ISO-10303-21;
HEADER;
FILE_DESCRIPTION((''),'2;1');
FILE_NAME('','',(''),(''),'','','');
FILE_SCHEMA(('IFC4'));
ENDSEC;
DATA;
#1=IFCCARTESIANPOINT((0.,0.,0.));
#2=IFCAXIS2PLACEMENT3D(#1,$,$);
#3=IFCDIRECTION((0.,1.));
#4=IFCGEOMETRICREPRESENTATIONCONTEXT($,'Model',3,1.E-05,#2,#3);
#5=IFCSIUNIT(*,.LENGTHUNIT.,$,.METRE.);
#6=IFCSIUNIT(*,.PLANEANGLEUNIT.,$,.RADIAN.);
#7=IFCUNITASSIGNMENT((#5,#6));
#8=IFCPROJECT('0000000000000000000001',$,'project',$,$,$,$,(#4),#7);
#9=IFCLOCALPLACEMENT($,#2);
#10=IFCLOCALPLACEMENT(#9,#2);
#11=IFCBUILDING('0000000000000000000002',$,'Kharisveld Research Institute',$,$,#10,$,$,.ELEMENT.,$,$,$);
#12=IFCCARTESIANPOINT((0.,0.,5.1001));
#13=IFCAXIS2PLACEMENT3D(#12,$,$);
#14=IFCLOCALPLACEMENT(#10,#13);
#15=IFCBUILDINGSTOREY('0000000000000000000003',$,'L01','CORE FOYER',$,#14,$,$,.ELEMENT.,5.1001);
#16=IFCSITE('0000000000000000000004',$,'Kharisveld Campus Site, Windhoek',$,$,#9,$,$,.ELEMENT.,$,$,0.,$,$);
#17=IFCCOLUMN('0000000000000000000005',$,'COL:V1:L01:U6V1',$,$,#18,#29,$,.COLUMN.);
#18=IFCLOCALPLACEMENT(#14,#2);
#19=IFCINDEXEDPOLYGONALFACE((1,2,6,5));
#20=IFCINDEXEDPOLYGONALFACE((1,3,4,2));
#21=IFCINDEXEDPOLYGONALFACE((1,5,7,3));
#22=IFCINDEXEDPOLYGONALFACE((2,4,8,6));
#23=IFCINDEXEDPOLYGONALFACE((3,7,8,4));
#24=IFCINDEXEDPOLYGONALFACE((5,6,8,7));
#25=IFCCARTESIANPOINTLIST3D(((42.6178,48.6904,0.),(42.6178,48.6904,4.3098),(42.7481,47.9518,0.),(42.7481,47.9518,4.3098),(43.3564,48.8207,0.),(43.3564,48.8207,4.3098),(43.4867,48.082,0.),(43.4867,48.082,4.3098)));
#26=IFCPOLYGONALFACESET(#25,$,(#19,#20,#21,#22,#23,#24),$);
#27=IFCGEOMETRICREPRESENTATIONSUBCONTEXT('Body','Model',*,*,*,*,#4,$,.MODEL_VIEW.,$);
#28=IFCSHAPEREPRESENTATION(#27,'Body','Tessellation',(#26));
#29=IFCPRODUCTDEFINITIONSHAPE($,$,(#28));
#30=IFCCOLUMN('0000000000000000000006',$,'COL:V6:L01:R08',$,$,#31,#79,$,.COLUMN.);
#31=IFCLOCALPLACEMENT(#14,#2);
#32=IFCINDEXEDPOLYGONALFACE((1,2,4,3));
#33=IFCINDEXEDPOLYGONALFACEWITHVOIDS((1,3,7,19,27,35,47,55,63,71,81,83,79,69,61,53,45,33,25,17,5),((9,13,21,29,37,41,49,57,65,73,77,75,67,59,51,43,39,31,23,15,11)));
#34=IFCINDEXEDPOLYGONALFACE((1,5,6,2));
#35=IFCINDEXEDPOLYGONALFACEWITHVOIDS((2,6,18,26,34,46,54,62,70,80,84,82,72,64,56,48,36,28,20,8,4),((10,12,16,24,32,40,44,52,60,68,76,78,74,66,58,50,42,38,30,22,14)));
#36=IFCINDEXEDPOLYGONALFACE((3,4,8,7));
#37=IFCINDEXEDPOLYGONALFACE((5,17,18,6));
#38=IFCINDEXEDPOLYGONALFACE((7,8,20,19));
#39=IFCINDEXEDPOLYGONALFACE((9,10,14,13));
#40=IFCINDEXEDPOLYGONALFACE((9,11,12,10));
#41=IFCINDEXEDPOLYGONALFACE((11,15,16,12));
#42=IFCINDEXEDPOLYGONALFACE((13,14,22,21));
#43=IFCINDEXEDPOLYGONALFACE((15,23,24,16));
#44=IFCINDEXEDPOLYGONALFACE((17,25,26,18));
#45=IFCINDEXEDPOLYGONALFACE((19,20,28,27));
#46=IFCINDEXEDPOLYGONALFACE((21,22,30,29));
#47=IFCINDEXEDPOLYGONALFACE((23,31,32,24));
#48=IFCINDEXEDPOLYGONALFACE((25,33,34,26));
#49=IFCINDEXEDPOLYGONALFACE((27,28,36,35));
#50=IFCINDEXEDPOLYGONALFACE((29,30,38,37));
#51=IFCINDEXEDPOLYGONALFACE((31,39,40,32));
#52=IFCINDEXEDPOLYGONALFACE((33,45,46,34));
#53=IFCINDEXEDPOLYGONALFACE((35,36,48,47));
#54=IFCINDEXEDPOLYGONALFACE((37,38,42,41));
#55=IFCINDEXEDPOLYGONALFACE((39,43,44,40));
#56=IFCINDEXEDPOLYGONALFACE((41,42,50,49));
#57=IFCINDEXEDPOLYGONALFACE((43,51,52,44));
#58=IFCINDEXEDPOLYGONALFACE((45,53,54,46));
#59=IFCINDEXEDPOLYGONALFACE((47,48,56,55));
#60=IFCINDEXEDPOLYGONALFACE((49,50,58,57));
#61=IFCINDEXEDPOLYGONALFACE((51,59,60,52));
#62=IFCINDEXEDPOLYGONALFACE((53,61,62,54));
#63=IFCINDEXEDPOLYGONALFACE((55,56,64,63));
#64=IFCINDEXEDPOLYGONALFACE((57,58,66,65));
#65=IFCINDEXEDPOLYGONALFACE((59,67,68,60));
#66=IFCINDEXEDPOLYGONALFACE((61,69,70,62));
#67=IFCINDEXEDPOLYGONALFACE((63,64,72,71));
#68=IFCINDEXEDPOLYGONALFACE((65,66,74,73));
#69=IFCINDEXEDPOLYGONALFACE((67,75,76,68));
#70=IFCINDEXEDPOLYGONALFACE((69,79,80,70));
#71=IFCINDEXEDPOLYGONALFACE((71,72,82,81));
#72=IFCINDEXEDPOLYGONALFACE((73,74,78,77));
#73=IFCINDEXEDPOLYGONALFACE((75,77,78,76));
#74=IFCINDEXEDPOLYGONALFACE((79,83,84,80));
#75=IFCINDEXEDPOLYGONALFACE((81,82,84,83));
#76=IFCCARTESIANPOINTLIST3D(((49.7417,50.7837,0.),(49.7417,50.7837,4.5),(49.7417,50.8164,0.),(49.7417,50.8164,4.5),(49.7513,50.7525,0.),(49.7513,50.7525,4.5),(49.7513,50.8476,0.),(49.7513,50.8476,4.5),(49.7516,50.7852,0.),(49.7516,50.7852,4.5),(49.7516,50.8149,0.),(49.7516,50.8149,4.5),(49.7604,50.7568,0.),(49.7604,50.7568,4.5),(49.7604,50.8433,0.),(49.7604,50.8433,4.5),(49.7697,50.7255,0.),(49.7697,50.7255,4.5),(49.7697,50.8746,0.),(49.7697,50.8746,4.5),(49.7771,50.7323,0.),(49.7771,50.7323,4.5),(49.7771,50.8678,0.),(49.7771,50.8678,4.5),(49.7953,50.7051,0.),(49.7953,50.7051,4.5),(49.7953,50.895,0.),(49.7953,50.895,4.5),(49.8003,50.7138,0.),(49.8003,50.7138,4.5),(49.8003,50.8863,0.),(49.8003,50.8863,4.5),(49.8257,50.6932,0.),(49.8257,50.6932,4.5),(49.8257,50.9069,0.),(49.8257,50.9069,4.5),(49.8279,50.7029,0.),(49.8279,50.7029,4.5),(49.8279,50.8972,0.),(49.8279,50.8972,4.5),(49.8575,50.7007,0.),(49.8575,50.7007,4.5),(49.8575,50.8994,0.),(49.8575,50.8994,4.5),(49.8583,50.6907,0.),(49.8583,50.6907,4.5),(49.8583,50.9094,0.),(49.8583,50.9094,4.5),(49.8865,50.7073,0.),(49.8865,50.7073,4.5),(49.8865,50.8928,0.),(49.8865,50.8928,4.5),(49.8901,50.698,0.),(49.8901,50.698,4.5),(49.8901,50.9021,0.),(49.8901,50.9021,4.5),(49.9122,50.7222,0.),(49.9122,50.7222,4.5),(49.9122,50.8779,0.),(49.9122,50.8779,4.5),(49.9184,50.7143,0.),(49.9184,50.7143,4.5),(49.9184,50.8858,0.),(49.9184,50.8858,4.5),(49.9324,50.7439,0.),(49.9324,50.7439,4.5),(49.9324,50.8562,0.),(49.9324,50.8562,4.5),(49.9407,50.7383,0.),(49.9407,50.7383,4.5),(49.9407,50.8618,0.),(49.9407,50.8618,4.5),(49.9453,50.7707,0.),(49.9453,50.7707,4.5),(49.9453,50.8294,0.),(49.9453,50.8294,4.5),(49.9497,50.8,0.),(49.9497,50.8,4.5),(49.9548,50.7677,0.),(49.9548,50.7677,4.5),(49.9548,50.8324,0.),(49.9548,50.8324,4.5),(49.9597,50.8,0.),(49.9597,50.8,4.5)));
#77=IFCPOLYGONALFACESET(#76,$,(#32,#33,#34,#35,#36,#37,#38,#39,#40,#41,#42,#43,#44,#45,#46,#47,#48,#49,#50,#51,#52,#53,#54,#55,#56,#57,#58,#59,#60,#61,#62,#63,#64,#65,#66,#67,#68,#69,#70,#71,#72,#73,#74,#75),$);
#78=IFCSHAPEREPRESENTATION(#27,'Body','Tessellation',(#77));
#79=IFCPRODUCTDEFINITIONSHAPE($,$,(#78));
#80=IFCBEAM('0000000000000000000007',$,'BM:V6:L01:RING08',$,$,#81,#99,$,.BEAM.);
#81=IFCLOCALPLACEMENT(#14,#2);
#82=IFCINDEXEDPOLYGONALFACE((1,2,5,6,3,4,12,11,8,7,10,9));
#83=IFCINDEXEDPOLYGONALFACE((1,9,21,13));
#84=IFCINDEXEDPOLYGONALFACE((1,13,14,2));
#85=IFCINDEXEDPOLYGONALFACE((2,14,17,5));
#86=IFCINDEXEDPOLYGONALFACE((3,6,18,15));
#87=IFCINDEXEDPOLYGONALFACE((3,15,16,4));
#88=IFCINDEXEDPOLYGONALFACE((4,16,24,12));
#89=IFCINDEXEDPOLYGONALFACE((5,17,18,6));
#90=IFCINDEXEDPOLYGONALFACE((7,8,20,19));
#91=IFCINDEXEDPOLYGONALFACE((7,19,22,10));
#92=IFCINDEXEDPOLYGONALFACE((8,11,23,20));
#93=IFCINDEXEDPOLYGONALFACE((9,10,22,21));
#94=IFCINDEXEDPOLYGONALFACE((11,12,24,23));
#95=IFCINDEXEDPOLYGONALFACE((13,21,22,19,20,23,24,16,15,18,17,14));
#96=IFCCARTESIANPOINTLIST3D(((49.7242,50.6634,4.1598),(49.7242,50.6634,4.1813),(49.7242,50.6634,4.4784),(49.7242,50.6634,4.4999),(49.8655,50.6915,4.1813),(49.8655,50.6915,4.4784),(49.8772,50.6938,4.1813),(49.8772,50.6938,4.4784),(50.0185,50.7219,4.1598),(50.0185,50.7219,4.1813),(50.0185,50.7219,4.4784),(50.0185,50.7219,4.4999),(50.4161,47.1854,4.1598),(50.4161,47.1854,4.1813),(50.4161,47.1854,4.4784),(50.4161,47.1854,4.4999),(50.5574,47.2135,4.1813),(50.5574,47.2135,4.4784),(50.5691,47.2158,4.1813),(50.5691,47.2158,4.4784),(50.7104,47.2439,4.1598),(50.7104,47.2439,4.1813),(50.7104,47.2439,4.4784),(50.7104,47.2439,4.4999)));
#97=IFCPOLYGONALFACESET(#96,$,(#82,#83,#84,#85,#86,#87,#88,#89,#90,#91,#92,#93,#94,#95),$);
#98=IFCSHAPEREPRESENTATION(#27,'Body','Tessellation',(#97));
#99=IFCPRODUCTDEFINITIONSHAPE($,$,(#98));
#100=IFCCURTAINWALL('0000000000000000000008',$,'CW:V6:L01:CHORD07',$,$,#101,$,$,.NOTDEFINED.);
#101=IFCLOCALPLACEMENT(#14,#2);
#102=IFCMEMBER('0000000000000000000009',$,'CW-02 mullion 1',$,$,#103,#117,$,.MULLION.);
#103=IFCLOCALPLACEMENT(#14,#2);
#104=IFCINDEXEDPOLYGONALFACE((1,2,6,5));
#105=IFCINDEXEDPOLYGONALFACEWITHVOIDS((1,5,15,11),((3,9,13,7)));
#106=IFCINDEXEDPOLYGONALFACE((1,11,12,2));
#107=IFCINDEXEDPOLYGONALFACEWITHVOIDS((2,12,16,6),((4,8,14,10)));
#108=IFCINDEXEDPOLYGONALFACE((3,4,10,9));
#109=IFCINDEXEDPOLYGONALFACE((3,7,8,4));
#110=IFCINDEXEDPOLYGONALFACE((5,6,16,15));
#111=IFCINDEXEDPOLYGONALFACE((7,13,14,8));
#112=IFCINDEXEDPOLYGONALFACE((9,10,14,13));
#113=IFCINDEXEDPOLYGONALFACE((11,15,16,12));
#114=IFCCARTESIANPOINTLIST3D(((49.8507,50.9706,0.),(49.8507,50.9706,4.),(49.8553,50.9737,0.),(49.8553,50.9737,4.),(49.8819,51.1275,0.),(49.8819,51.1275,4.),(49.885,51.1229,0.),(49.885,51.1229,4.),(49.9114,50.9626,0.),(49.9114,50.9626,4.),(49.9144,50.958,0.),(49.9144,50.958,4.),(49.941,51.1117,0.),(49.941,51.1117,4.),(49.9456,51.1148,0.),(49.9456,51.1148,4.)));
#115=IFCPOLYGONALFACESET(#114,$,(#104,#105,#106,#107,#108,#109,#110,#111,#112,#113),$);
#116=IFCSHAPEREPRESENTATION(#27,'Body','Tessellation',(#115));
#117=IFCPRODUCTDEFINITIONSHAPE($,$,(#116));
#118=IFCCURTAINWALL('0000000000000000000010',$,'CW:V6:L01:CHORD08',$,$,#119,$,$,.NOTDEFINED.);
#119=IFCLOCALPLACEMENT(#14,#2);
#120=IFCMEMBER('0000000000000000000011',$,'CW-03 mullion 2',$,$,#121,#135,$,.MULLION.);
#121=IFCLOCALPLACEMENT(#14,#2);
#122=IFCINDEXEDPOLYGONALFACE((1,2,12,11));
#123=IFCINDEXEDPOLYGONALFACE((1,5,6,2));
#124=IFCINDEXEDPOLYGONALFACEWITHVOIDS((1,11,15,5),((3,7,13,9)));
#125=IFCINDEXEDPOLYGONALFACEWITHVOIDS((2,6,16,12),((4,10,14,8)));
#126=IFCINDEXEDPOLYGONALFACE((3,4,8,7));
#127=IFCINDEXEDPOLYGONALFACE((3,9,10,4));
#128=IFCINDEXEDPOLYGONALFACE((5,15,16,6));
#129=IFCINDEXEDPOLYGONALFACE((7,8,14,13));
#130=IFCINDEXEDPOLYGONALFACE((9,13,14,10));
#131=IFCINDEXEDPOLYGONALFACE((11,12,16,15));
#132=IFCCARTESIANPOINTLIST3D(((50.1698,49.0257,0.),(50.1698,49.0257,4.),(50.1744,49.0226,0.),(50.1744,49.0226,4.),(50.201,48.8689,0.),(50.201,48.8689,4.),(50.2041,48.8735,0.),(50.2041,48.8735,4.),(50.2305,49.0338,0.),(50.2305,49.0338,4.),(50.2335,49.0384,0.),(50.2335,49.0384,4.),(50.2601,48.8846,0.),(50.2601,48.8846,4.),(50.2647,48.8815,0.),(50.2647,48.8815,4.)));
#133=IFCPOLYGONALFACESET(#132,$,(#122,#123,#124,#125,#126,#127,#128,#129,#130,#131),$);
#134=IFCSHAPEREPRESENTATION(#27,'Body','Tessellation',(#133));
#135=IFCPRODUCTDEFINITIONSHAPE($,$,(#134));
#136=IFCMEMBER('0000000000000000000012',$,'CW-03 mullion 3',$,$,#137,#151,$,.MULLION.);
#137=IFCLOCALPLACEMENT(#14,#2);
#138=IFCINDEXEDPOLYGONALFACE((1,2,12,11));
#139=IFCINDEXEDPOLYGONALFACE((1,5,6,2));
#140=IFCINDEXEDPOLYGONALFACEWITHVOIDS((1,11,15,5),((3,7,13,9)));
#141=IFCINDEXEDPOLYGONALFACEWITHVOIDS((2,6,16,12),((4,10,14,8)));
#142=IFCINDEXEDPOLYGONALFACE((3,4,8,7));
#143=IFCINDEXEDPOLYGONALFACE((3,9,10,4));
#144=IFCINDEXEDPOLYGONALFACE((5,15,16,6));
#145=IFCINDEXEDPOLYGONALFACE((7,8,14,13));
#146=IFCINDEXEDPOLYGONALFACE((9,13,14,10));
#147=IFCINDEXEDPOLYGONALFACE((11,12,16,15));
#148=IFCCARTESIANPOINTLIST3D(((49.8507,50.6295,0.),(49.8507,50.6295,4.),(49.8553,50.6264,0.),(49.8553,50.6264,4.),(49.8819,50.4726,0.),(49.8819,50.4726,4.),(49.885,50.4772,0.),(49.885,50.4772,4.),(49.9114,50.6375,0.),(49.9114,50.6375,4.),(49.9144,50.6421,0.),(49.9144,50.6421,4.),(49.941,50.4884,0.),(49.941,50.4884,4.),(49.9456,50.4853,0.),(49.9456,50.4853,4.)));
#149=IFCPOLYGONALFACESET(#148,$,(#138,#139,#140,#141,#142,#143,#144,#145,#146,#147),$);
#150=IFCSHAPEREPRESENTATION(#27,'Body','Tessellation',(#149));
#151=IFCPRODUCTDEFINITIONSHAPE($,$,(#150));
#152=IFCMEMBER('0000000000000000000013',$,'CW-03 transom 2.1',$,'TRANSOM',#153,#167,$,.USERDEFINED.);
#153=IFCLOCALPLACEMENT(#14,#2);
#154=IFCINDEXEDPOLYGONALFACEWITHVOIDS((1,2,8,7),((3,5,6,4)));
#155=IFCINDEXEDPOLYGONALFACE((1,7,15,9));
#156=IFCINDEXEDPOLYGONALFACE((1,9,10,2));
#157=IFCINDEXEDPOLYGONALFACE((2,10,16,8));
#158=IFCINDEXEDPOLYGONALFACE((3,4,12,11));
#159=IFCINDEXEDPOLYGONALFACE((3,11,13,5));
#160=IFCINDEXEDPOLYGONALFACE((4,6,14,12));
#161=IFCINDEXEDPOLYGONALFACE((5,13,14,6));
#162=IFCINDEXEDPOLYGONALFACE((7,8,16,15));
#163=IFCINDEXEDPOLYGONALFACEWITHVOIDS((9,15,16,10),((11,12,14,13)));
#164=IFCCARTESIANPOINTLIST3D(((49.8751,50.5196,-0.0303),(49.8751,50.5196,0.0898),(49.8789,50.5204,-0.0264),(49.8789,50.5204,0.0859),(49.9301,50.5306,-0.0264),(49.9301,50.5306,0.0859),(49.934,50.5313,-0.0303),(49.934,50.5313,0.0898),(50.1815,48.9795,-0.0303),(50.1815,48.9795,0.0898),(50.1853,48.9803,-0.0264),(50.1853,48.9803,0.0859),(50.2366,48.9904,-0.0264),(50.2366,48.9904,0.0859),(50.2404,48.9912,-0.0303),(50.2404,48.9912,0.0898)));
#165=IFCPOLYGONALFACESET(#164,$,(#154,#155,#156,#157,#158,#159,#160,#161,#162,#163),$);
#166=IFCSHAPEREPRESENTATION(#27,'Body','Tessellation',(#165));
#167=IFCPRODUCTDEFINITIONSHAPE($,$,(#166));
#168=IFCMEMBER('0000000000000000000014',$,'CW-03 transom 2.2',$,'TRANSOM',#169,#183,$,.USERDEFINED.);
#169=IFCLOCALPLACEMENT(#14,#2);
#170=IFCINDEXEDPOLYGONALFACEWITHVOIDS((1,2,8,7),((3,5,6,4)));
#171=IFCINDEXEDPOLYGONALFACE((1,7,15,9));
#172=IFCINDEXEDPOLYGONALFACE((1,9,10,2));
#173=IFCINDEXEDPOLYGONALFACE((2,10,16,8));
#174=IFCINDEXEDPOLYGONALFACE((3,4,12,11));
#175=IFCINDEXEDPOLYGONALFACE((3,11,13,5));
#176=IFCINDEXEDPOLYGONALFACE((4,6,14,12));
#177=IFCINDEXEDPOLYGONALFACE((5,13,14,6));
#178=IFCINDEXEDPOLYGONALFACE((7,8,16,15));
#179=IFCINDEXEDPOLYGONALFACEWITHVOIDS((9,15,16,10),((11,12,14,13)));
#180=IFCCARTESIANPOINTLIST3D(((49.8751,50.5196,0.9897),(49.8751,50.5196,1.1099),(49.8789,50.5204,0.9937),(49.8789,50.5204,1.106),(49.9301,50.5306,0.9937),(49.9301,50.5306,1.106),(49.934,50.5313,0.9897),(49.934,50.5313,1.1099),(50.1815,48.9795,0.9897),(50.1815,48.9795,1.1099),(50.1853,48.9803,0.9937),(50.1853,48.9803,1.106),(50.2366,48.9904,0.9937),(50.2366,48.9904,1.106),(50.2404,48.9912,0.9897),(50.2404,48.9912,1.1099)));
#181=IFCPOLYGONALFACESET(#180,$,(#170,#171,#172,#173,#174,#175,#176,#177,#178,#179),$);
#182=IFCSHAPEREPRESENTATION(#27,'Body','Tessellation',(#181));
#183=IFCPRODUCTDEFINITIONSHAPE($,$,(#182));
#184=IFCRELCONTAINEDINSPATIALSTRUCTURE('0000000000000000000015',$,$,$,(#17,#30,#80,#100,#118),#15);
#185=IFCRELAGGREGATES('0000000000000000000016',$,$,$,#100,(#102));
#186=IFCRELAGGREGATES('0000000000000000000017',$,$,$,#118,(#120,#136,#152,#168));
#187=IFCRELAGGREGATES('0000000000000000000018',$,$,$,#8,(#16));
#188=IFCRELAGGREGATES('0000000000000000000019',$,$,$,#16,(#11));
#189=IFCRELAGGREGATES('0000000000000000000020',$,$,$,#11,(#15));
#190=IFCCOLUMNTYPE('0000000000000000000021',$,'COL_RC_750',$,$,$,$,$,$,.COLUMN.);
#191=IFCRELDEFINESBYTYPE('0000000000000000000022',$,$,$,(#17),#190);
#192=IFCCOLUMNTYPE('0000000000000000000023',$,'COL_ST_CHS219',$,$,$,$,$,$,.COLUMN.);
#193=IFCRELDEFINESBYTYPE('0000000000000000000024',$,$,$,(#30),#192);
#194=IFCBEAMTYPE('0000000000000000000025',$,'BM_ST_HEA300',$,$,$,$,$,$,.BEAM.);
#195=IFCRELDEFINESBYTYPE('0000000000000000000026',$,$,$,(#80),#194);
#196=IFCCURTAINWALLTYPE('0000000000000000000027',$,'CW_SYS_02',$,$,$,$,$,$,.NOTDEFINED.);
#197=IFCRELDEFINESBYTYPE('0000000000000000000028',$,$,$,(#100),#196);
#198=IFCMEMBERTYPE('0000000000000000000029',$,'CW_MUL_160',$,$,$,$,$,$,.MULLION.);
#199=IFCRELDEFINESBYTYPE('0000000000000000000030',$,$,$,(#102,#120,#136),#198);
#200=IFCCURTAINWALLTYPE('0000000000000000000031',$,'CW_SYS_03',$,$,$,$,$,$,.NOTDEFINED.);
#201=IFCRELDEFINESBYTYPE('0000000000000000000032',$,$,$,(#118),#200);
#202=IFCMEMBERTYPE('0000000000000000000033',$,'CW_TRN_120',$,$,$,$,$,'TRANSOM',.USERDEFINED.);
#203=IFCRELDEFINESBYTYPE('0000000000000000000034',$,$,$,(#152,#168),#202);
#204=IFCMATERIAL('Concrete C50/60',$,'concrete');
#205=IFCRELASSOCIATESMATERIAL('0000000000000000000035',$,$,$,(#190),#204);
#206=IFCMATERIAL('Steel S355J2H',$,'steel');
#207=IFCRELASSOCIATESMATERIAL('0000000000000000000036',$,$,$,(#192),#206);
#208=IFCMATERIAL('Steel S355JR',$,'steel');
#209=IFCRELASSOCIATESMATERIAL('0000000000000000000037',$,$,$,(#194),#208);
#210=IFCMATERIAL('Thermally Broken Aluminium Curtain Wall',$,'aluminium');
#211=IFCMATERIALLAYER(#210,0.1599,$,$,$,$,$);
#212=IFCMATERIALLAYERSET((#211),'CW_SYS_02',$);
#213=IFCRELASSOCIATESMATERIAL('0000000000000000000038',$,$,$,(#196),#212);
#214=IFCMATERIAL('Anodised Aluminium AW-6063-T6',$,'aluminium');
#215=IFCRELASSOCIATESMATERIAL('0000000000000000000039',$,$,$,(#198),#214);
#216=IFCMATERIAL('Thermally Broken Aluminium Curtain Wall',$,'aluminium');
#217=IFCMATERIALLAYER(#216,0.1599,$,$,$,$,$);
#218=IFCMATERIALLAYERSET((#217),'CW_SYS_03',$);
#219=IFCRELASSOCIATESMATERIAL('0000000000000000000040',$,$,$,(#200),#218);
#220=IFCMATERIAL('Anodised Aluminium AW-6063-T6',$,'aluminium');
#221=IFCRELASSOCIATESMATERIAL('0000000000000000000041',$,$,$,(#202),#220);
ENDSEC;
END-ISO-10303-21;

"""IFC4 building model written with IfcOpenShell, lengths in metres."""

from ifc_helpers import new_model, si_unit, direction, frame, origin, origin_2d, place, context, subcontext, project, spatial, rectangle, hollow_rectangle, hollow_circle, i_section, extrude, material, layer, layer_set, material_profile, profile_set, type_object, element, aggregate, save


model = new_model("IFC4")

# Units and contexts
model_context = context("Model", 3, precision=1e-05, world=origin(), true_north=direction((0.0, 1.0)))
body_context = subcontext(model_context, "Body", "Model", "MODEL_VIEW")
ifc_project = project(units=[si_unit("LENGTHUNIT", "METRE"), si_unit("PLANEANGLEUNIT", "RADIAN")], contexts=[model_context])

# Site, building, storey
site_placement = place(None, origin())
site = spatial("IfcSite", under=ifc_project, at=site_placement, Name="Kharisveld Campus Site, Windhoek", CompositionType="ELEMENT", RefElevation=0.0)
building_placement = place(site_placement, origin())
building = spatial("IfcBuilding", under=site, at=building_placement, Name="Kharisveld Research Institute", CompositionType="ELEMENT")
storey_placement = place(building_placement, frame((0.0, 0.0, 5.1001)))
storey = spatial("IfcBuildingStorey", under=building, at=storey_placement, Name="L01", Description="CORE FOYER", CompositionType="ELEMENT", Elevation=5.1001)

# Columns
ifc_material_1 = material(Name="Concrete C50/60", Category="concrete")
ifc_material_profile_1 = material_profile(ifc_material_1, rectangle(XDim=0.75, YDim=0.75, at=origin_2d()))
ifc_profile_set_1 = profile_set([ifc_material_profile_1], Name="Concrete C50/60")
column_type_1 = type_object("IfcColumnType", Name="COL_RC_750", PredefinedType="COLUMN", material=ifc_profile_set_1)
column_1_placement = place(storey_placement, frame((43.0522, 48.3862, 0.0), z_axis=(0.0, 0.0, 1.0), x_axis=(0.984808, 0.173648, 0.0)))
element("IfcColumn", 1, at=column_1_placement, inside=storey, type_object=column_type_1, Name="COL:V1:L01:U6V1", PredefinedType="COLUMN", context=body_context, shape_type="SweptSolid", body=[
    extrude(rectangle(XDim=0.75, YDim=0.75, at=origin_2d()), origin(), (0.0, 0.0, 1.0), 4.3098),
])
ifc_material_2 = material(Name="Steel S355J2H", Category="steel")
ifc_material_profile_2 = material_profile(ifc_material_2, hollow_circle(Radius=0.1096, WallThickness=0.01, at=origin_2d()))
ifc_profile_set_2 = profile_set([ifc_material_profile_2], Name="Steel S355J2H")
column_type_2 = type_object("IfcColumnType", Name="COL_ST_CHS219", PredefinedType="COLUMN", material=ifc_profile_set_2)
column_2_placement = place(storey_placement, frame((49.8501, 50.8, 0.0), z_axis=(0.0, 0.0, 1.0), x_axis=(1.0, 0.0, 0.0)))
element("IfcColumn", 2, at=column_2_placement, inside=storey, type_object=column_type_2, Name="COL:V6:L01:R08", PredefinedType="COLUMN", context=body_context, shape_type="SweptSolid", body=[
    extrude(hollow_circle(Radius=0.1096, WallThickness=0.01, at=origin_2d()), origin(), (0.0, 0.0, 1.0), 4.5),
])

# Beam
ifc_material_3 = material(Name="Steel S355JR", Category="steel")
ifc_material_profile_3 = material_profile(ifc_material_3, i_section(OverallWidth=0.3, OverallDepth=0.3401, WebThickness=0.012, FlangeThickness=0.0215, at=origin_2d()))
ifc_profile_set_3 = profile_set([ifc_material_profile_3], Name="Steel S355JR")
beam_type_1 = type_object("IfcBeamType", Name="BM_ST_HEA300", PredefinedType="BEAM", material=ifc_profile_set_3)
beam_1_placement = place(storey_placement, frame((49.8713, 50.6926, 4.3298), z_axis=(0.19511, -0.980781, 0.0), x_axis=(0.980781, 0.19511, 0.0)))
element("IfcBeam", 3, at=beam_1_placement, inside=storey, type_object=beam_type_1, Name="BM:V6:L01:RING08", PredefinedType="BEAM", context=body_context, shape_type="SweptSolid", body=[
    extrude(i_section(OverallWidth=0.3, OverallDepth=0.3401, WebThickness=0.012, FlangeThickness=0.0215, at=origin_2d()), origin(), (0.0, 0.0, 1.0), 3.5461),
])

# Curtain wall, member
ifc_material_4 = material(Name="Thermally Broken Aluminium Curtain Wall", Category="aluminium")
ifc_layer_1 = layer(ifc_material_4, 0.1599)
ifc_layer_set_1 = layer_set([ifc_layer_1], Name="CW_SYS_02")
curtain_wall_type_1 = type_object("IfcCurtainWallType", Name="CW_SYS_02", PredefinedType="NOTDEFINED", material=ifc_layer_set_1)
curtain_wall_1_placement = place(storey_placement, origin())
curtain_wall_1 = element("IfcCurtainWall", 4, at=curtain_wall_1_placement, inside=storey, type_object=curtain_wall_type_1, Name="CW:V6:L01:CHORD07", PredefinedType="NOTDEFINED")
ifc_material_5 = material(Name="Anodised Aluminium AW-6063-T6", Category="aluminium")
ifc_material_profile_4 = material_profile(ifc_material_5, hollow_rectangle(XDim=0.0649, YDim=0.1599, WallThickness=0.0039, at=origin_2d()))
ifc_profile_set_4 = profile_set([ifc_material_profile_4], Name="Anodised Aluminium AW-6063-T6")
member_type_1 = type_object("IfcMemberType", Name="CW_MUL_160", PredefinedType="MULLION", material=ifc_profile_set_4)
member_1_placement = place(storey_placement, frame((49.8982, 51.0427, 0.0), z_axis=(0.0, 0.0, 1.0), x_axis=(-0.980785, 0.195091, 0.0)))
member_1 = element("IfcMember", 5, at=member_1_placement, type_object=member_type_1, Name="CW-02 mullion 1", PredefinedType="MULLION", context=body_context, shape_type="SweptSolid", body=[
    extrude(hollow_rectangle(XDim=0.0649, YDim=0.1599, WallThickness=0.0039, at=origin_2d()), origin(), (0.0, 0.0, 1.0), 4.0),
])
aggregate(curtain_wall_1, [member_1])

# Curtain wall, members
ifc_material_6 = material(Name="Thermally Broken Aluminium Curtain Wall", Category="aluminium")
ifc_layer_2 = layer(ifc_material_6, 0.1599)
ifc_layer_set_2 = layer_set([ifc_layer_2], Name="CW_SYS_03")
curtain_wall_type_2 = type_object("IfcCurtainWallType", Name="CW_SYS_03", PredefinedType="NOTDEFINED", material=ifc_layer_set_2)
curtain_wall_2_placement = place(storey_placement, origin())
curtain_wall_2 = element("IfcCurtainWall", 6, at=curtain_wall_2_placement, inside=storey, type_object=curtain_wall_type_2, Name="CW:V6:L01:CHORD08", PredefinedType="NOTDEFINED")
member_2_placement = place(storey_placement, frame((50.2173, 48.9536, 0.0), z_axis=(0.0, 0.0, 1.0), x_axis=(-0.980785, -0.195091, 0.0)))
member_2 = element("IfcMember", 7, at=member_2_placement, type_object=member_type_1, Name="CW-03 mullion 2", PredefinedType="MULLION", context=body_context, shape_type="SweptSolid", body=[
    extrude(hollow_rectangle(XDim=0.0649, YDim=0.1599, WallThickness=0.0039, at=origin_2d()), origin(), (0.0, 0.0, 1.0), 4.0),
])
member_3_placement = place(storey_placement, frame((49.8982, 50.5574, 0.0), z_axis=(0.0, 0.0, 1.0), x_axis=(-0.980785, -0.195091, 0.0)))
member_3 = element("IfcMember", 8, at=member_3_placement, type_object=member_type_1, Name="CW-03 mullion 3", PredefinedType="MULLION", context=body_context, shape_type="SweptSolid", body=[
    extrude(hollow_rectangle(XDim=0.0649, YDim=0.1599, WallThickness=0.0039, at=origin_2d()), origin(), (0.0, 0.0, 1.0), 4.0),
])
ifc_material_7 = material(Name="Anodised Aluminium AW-6063-T6", Category="aluminium")
ifc_material_profile_5 = material_profile(ifc_material_7, hollow_rectangle(XDim=0.0601, YDim=0.1201, WallThickness=0.0039, at=origin_2d()))
ifc_profile_set_5 = profile_set([ifc_material_profile_5], Name="Anodised Aluminium AW-6063-T6")
member_type_2 = type_object("IfcMemberType", Name="CW_TRN_120", ElementType="TRANSOM", PredefinedType="USERDEFINED", material=ifc_profile_set_5)
member_4_placement = place(storey_placement, frame((50.2109, 48.9854, 0.0298), z_axis=(-0.195129, 0.980778, 0.0), x_axis=(-0.980778, -0.195129, 0.0)))
member_4 = element("IfcMember", 9, at=member_4_placement, type_object=member_type_2, Name="CW-03 transom 2.1", ObjectType="TRANSOM", PredefinedType="USERDEFINED", context=body_context, shape_type="SweptSolid", body=[
    extrude(hollow_rectangle(XDim=0.0601, YDim=0.1201, WallThickness=0.0039, at=origin_2d()), origin(), (0.0, 0.0, 1.0), 1.5703),
])
member_5_placement = place(storey_placement, frame((50.2109, 48.9854, 1.0498), z_axis=(-0.195129, 0.980778, 0.0), x_axis=(-0.980778, -0.195129, 0.0)))
member_5 = element("IfcMember", 10, at=member_5_placement, type_object=member_type_2, Name="CW-03 transom 2.2", ObjectType="TRANSOM", PredefinedType="USERDEFINED", context=body_context, shape_type="SweptSolid", body=[
    extrude(hollow_rectangle(XDim=0.0601, YDim=0.1201, WallThickness=0.0039, at=origin_2d()), origin(), (0.0, 0.0, 1.0), 1.5703),
])

aggregate(curtain_wall_2, [member_2, member_3, member_4, member_5])

save(model, "model.ifc")
